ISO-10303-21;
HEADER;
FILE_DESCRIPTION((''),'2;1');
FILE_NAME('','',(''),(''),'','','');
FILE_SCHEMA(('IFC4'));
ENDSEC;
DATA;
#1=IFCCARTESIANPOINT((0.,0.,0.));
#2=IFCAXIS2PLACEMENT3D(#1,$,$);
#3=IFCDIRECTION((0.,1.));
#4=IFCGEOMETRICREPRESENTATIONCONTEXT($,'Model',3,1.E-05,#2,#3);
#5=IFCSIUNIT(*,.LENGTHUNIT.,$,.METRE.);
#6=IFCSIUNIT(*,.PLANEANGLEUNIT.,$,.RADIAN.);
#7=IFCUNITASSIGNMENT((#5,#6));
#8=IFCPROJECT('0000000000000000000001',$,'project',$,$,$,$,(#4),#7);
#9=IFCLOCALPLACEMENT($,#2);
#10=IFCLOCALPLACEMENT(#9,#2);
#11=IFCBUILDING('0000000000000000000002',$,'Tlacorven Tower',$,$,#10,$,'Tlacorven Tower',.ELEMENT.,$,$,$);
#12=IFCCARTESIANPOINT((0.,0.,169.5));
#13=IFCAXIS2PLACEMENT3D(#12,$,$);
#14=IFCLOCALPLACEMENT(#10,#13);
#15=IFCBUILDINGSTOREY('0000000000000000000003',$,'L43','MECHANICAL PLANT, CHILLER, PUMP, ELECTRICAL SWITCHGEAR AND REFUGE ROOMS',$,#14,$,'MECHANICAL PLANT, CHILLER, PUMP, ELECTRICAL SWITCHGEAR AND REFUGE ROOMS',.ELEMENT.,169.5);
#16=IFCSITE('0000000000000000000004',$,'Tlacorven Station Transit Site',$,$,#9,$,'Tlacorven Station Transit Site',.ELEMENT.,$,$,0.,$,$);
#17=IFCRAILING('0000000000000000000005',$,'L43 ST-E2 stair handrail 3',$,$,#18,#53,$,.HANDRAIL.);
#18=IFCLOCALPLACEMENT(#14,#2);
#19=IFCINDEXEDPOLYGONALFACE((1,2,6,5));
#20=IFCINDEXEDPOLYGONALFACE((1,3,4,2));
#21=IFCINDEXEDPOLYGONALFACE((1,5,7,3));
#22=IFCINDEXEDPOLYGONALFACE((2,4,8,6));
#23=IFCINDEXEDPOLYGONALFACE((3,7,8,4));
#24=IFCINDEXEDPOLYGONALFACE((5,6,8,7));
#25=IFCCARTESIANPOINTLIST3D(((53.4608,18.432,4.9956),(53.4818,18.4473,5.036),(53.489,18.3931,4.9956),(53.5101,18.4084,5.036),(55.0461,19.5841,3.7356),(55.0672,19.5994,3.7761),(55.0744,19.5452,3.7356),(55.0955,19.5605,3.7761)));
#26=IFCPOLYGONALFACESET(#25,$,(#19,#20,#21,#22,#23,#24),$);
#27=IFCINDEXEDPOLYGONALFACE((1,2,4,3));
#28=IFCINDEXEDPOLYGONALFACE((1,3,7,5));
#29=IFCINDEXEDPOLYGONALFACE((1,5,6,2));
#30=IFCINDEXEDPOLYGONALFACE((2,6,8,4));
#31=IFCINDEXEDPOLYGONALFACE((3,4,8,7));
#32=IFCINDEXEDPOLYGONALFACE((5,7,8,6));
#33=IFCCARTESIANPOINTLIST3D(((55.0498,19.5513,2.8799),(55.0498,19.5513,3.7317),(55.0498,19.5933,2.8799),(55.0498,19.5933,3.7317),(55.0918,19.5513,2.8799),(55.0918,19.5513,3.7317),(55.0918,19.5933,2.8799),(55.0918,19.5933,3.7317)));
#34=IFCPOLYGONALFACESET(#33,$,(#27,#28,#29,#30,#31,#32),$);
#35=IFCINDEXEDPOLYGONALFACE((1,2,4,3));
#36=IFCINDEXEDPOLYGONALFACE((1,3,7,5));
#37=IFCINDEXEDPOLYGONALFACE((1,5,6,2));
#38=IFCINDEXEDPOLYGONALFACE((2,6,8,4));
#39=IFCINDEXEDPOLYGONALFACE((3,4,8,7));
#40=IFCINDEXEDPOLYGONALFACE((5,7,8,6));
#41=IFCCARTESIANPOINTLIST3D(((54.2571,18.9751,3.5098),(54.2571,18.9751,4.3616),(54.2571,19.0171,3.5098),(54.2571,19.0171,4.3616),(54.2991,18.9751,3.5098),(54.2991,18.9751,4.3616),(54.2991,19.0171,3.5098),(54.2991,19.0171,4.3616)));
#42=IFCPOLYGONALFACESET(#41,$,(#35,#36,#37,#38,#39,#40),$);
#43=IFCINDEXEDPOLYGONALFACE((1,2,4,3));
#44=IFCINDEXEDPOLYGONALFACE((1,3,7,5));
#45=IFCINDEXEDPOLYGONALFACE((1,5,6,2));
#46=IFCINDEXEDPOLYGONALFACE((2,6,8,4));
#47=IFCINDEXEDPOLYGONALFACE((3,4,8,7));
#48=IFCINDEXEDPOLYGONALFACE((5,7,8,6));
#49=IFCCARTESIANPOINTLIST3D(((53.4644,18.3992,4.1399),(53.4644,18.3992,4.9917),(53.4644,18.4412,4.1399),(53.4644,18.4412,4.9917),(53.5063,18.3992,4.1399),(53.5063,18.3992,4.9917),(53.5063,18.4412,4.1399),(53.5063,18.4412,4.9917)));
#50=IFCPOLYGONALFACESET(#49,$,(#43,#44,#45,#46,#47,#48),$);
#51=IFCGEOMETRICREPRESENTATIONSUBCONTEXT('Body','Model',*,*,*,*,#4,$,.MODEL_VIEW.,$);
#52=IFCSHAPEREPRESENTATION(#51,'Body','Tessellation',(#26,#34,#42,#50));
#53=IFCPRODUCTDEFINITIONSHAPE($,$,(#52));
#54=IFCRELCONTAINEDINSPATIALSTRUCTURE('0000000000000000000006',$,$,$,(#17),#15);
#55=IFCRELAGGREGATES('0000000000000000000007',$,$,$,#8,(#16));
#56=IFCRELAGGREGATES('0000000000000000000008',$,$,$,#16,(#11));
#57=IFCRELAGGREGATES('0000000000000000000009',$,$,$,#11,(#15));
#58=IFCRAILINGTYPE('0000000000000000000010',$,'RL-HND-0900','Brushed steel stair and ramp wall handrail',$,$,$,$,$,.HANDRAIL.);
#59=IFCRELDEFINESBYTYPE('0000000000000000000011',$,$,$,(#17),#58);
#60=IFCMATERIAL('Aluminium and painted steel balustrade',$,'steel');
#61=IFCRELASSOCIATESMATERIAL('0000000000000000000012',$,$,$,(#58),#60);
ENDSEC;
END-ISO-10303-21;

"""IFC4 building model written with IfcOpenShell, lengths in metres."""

from ifc_helpers import new_model, si_unit, direction, frame, origin, origin_2d, place, context, subcontext, project, spatial, rectangle, extrude, source, transform, mapped, material, type_object, element, save


model = new_model("IFC4")

# Units and contexts
model_context = context("Model", 3, precision=1e-05, world=origin(), true_north=direction((0.0, 1.0)))
body_context = subcontext(model_context, "Body", "Model", "MODEL_VIEW")
ifc_project = project(units=[si_unit("LENGTHUNIT", "METRE"), si_unit("PLANEANGLEUNIT", "RADIAN")], contexts=[model_context])

# Site, building, storey
site_placement = place(None, origin())
site = spatial("IfcSite", under=ifc_project, at=site_placement, Name="Tlacorven Station Transit Site", LongName="Tlacorven Station Transit Site", CompositionType="ELEMENT", RefElevation=0.0)
building_placement = place(site_placement, origin())
building = spatial("IfcBuilding", under=site, at=building_placement, Name="Tlacorven Tower", LongName="Tlacorven Tower", CompositionType="ELEMENT")
storey_placement = place(building_placement, frame((0.0, 0.0, 169.5)))
storey = spatial("IfcBuildingStorey", under=building, at=storey_placement, Name="L43", Description="MECHANICAL PLANT, CHILLER, PUMP, ELECTRICAL SWITCHGEAR AND REFUGE ROOMS", LongName="MECHANICAL PLANT, CHILLER, PUMP, ELECTRICAL SWITCHGEAR AND REFUGE ROOMS", CompositionType="ELEMENT", Elevation=169.5)

# Railing
ifc_material_1 = material(Name="Aluminium and painted steel balustrade", Category="steel")
railing_type_1 = type_object("IfcRailingType", Name="RL-HND-0900", Description="Brushed steel stair and ramp wall handrail", PredefinedType="HANDRAIL", material=ifc_material_1)
shared_shape_1 = source(origin(), body_context, "Body", "SweptSolid", [
    extrude(rectangle(XDim=0.0481, YDim=0.0481, at=origin_2d()), frame((0.0, 0.0, 0.876), z_axis=(-0.680469, -0.494477, 0.540791), x_axis=(0.587853, -0.808968, 0.0)), (0.0, 0.0, 1.0), 2.3298),
    extrude(rectangle(XDim=0.042, YDim=0.042, at=origin_2d()), origin(), (0.0, 0.0, 1.0), 0.8518),
    extrude(rectangle(XDim=0.042, YDim=0.042, at=origin_2d()), frame((-0.7927, -0.5762, 0.6299)), (0.0, 0.0, 1.0), 0.8518),
    extrude(rectangle(XDim=0.042, YDim=0.042, at=origin_2d()), frame((-1.5854, -1.1521, 1.26)), (0.0, 0.0, 1.0), 0.8518),
])
railing_1_placement = place(storey_placement, frame((55.0708, 19.5723, 2.8799)))
element("IfcRailing", 1, at=railing_1_placement, inside=storey, type_object=railing_type_1, Name="L43 ST-E2 stair handrail 3", PredefinedType="HANDRAIL", context=body_context, shape_type="MappedRepresentation", body=[
    mapped(shared_shape_1, transform((0.0, 0.0, 0.0), scale=1.0)),
])

save(model, "model.ifc")
